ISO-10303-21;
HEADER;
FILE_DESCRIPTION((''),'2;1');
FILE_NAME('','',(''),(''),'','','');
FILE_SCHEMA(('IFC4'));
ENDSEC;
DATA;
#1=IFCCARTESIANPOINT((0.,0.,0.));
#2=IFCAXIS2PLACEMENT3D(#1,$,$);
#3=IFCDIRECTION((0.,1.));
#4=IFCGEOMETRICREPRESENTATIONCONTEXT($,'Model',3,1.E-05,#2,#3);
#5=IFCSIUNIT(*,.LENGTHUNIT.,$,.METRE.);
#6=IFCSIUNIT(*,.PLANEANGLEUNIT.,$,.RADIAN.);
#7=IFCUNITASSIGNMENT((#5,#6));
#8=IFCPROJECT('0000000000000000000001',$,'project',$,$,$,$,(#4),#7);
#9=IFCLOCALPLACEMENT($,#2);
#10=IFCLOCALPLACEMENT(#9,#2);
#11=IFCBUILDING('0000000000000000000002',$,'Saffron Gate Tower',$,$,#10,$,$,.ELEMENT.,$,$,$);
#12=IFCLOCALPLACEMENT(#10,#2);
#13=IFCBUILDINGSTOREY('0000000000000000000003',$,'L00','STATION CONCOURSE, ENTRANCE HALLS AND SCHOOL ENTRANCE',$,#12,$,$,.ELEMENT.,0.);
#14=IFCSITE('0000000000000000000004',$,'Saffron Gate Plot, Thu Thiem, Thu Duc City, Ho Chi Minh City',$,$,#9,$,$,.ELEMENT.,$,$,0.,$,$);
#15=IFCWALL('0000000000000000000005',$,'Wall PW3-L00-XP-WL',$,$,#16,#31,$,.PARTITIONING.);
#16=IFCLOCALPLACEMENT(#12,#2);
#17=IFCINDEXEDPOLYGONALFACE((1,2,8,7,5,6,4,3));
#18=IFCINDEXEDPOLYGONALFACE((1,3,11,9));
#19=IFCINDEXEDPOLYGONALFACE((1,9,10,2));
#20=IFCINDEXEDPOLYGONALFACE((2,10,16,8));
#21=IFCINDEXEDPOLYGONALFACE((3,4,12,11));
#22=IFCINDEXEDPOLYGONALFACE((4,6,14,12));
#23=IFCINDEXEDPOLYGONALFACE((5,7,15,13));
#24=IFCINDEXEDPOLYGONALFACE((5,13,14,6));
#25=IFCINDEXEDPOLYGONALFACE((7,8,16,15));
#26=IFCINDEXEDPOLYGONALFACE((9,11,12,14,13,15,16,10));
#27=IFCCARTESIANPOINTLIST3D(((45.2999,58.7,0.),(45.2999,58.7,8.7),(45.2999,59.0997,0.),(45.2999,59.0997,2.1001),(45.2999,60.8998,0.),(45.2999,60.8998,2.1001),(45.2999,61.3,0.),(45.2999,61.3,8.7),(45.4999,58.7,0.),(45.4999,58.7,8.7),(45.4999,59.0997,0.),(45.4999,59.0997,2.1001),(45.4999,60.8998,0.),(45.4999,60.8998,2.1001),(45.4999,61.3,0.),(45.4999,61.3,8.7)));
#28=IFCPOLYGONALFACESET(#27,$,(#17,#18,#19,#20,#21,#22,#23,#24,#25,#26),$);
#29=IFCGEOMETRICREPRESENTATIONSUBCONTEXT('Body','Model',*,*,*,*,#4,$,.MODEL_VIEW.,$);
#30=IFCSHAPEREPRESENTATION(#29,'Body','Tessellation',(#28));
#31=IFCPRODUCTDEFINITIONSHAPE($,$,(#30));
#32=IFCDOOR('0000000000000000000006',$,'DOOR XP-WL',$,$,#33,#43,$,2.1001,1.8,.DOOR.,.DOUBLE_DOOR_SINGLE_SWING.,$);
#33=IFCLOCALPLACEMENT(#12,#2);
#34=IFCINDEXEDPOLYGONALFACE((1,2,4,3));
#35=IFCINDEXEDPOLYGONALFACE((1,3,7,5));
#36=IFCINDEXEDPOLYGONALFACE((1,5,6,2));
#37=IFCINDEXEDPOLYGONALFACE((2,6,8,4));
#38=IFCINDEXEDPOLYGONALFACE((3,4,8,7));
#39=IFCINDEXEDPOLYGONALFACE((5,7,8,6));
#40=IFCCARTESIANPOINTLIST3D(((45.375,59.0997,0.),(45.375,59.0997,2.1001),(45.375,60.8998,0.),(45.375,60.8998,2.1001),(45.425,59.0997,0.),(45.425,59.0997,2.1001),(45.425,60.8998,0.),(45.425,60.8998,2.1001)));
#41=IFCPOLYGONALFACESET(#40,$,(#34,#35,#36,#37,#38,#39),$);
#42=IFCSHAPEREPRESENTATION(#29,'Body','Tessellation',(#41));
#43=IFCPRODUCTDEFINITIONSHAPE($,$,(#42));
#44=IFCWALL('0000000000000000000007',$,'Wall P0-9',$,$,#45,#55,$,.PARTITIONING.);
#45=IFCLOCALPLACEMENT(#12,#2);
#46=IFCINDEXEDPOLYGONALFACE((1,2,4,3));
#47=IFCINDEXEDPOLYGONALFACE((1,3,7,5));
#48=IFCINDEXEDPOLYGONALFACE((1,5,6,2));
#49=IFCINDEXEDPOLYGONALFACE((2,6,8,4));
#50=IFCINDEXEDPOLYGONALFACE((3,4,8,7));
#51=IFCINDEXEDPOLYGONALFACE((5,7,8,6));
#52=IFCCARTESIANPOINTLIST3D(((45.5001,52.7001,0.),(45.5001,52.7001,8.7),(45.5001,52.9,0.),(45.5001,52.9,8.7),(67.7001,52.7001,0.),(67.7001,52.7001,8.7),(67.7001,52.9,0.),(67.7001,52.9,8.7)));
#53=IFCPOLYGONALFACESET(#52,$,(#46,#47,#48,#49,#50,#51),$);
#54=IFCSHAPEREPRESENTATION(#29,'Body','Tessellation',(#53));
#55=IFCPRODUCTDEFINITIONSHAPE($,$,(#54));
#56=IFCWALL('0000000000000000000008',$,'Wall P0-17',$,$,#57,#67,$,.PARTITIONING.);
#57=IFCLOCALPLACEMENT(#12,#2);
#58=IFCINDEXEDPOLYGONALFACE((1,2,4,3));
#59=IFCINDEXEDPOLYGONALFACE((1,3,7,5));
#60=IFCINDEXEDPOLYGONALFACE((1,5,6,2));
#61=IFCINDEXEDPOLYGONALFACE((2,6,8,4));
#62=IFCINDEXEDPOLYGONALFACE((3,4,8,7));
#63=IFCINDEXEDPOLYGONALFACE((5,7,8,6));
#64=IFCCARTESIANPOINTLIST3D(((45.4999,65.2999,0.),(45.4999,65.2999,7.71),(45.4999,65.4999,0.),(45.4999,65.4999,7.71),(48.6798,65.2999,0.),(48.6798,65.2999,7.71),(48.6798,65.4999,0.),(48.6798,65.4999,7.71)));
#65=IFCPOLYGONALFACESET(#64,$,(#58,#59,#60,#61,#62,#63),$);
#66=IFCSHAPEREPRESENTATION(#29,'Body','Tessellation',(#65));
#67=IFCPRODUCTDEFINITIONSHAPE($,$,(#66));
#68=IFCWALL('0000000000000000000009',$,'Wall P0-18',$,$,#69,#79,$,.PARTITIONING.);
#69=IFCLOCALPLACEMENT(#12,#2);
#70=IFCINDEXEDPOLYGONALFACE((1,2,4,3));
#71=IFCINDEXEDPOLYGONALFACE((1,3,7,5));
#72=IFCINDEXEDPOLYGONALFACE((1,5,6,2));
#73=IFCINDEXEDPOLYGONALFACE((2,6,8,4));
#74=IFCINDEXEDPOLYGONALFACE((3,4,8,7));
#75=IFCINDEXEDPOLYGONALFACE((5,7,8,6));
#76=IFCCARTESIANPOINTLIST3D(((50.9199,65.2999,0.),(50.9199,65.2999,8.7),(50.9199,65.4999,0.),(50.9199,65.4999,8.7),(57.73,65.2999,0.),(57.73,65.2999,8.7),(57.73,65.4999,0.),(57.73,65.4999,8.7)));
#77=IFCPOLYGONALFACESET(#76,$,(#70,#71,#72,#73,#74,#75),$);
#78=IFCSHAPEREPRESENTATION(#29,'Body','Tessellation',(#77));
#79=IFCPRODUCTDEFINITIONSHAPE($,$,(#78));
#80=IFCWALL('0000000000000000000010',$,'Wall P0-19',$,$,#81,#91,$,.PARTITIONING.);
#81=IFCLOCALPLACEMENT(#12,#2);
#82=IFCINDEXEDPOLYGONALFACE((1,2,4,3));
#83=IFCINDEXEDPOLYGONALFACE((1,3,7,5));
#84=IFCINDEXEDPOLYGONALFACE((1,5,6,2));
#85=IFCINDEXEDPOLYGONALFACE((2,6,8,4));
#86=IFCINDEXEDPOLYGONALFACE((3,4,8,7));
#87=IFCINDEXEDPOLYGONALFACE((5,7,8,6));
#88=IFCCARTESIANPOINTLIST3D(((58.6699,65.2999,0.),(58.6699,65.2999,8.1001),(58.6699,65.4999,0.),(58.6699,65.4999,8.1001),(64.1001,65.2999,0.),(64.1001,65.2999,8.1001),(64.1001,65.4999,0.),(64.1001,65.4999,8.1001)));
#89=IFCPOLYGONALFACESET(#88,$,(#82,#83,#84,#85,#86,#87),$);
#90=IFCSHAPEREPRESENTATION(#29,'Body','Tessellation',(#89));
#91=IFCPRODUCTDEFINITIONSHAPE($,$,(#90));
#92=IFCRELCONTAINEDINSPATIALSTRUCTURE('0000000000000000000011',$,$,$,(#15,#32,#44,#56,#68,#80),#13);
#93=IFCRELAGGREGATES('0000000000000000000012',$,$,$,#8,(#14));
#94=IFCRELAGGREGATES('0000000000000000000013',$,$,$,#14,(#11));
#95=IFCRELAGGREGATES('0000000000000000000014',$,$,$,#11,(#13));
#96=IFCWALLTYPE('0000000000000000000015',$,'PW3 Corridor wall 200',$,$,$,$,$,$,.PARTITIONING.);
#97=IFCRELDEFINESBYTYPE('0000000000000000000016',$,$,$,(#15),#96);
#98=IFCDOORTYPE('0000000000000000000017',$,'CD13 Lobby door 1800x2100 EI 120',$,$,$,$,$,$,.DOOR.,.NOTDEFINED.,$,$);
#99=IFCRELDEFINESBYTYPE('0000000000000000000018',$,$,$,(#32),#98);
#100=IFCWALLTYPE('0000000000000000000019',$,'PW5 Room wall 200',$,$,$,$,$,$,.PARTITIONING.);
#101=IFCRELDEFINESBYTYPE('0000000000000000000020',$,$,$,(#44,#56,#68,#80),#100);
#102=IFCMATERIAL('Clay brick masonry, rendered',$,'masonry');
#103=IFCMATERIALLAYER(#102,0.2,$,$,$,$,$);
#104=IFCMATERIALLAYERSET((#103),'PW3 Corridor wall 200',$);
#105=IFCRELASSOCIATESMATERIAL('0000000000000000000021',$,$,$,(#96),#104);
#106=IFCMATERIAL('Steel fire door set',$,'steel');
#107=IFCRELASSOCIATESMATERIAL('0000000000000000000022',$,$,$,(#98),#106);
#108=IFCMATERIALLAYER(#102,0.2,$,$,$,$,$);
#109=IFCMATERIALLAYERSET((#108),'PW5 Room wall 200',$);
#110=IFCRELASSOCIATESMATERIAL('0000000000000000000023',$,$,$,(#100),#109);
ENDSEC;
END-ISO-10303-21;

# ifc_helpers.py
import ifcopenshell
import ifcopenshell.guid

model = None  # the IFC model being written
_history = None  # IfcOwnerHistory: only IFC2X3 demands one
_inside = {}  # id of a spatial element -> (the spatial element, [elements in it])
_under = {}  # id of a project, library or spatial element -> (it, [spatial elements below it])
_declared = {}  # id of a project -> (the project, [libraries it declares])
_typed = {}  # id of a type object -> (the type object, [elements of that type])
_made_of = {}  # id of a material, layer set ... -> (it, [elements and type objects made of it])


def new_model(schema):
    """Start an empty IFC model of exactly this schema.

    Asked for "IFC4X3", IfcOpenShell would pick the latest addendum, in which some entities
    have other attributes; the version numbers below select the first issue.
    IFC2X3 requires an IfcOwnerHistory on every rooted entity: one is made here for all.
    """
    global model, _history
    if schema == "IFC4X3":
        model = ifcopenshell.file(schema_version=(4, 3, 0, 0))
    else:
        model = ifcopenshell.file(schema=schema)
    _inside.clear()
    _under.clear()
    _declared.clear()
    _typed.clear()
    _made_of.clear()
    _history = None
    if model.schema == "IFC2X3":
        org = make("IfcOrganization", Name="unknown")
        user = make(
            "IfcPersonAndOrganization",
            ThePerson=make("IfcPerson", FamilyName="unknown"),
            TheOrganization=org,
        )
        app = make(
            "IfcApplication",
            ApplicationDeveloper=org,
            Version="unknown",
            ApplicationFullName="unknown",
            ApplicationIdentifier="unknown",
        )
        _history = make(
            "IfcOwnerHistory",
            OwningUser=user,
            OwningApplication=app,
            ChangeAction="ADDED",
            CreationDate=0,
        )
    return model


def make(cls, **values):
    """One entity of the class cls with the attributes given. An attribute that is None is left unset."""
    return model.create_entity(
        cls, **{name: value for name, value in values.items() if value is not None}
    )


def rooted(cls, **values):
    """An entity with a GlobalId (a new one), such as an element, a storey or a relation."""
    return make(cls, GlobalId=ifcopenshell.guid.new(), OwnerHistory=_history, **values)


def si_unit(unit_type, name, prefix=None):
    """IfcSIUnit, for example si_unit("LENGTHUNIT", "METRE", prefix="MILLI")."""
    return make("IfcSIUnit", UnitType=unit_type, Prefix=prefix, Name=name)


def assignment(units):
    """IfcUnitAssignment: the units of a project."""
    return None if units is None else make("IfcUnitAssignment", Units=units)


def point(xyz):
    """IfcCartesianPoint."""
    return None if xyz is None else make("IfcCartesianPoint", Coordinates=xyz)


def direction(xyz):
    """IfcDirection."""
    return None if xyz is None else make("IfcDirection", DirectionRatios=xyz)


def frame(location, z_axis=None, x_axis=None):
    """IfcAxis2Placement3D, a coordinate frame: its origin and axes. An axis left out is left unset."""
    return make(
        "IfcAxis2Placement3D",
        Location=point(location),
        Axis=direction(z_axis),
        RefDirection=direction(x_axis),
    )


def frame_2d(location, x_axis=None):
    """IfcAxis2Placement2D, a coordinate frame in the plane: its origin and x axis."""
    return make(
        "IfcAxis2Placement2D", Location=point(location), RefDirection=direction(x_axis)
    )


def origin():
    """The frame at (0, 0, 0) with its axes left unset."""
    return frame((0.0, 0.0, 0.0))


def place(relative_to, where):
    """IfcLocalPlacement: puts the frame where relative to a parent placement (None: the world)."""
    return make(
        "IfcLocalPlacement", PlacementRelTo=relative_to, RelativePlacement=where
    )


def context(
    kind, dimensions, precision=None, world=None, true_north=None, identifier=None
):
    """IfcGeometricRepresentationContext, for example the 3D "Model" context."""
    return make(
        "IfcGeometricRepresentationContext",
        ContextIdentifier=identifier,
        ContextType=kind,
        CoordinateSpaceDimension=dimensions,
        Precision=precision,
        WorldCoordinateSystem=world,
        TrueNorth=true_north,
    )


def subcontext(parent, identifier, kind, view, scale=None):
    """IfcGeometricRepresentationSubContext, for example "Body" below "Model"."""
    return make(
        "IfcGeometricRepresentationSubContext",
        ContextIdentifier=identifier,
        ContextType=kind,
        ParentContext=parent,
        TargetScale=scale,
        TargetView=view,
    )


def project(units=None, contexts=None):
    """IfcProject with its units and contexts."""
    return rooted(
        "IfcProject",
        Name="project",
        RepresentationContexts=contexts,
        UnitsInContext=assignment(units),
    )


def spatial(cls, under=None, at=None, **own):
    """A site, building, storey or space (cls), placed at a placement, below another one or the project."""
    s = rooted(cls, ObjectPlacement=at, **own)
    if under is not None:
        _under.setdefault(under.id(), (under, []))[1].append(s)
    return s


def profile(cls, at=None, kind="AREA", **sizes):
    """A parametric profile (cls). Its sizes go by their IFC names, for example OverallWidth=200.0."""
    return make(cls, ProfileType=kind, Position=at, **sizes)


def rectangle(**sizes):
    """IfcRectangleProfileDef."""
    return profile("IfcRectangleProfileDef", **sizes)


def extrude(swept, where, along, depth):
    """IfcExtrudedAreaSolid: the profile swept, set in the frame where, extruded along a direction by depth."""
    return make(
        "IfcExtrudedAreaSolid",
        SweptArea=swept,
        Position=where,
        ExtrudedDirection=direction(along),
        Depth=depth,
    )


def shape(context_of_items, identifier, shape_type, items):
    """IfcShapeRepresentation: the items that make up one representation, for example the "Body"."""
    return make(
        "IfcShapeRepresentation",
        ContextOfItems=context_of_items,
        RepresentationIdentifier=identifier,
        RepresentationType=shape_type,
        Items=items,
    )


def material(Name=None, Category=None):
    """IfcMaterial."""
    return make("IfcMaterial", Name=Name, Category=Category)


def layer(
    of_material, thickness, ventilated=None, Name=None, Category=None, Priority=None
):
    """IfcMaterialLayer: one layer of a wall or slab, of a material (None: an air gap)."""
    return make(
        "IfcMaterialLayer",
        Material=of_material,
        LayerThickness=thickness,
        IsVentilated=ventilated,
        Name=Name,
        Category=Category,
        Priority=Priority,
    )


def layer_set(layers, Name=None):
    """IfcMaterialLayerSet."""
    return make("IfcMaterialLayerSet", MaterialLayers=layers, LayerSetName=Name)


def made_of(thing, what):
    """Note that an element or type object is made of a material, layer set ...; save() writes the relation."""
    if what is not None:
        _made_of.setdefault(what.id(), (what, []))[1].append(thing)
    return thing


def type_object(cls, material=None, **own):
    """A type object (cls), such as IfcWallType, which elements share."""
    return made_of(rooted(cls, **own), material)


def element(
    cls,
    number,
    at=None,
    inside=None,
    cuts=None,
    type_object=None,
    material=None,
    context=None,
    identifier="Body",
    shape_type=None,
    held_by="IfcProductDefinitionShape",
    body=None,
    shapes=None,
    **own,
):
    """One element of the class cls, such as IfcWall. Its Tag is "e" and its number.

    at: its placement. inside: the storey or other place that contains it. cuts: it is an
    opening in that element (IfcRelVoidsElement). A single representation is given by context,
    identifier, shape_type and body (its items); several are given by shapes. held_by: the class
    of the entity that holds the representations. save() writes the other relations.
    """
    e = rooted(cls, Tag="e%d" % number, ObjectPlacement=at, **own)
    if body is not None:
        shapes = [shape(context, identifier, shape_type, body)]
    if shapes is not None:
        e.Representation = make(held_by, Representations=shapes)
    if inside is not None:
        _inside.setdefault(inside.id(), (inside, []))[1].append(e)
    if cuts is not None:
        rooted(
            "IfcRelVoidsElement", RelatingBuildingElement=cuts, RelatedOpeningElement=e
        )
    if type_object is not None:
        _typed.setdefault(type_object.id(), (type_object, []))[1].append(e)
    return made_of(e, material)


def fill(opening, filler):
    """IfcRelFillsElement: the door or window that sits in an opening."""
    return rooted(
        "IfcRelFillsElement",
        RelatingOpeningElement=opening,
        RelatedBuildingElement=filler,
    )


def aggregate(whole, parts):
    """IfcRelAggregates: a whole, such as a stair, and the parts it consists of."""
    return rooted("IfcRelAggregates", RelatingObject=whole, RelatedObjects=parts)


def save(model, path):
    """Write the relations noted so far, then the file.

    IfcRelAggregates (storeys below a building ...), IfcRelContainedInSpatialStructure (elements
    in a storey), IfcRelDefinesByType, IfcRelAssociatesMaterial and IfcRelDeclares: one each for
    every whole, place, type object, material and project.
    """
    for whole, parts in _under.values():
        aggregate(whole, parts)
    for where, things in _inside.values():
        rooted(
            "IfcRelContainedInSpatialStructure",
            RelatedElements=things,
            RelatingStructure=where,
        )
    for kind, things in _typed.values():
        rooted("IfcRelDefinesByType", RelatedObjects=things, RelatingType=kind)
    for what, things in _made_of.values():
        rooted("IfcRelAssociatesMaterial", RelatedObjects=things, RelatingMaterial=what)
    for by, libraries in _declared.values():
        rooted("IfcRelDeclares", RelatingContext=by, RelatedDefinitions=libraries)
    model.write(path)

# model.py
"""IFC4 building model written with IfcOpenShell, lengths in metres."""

from ifc_helpers import new_model, si_unit, direction, frame, frame_2d, origin, place, context, subcontext, project, spatial, rectangle, extrude, material, layer, layer_set, type_object, element, fill, save


model = new_model("IFC4")

# Units and contexts
model_context = context("Model", 3, precision=1e-05, world=origin(), true_north=direction((0.0, 1.0)))
body_context = subcontext(model_context, "Body", "Model", "MODEL_VIEW")
ifc_project = project(units=[si_unit("LENGTHUNIT", "METRE"), si_unit("PLANEANGLEUNIT", "RADIAN")], contexts=[model_context])

# Site, building, storey
site_placement = place(None, origin())
site = spatial("IfcSite", under=ifc_project, at=site_placement, Name="Saffron Gate Plot, Thu Thiem, Thu Duc City, Ho Chi Minh City", CompositionType="ELEMENT", RefElevation=0.0)
building_placement = place(site_placement, origin())
building = spatial("IfcBuilding", under=site, at=building_placement, Name="Saffron Gate Tower", CompositionType="ELEMENT")
storey_placement = place(building_placement, origin())
storey = spatial("IfcBuildingStorey", under=building, at=storey_placement, Name="L00", Description="STATION CONCOURSE, ENTRANCE HALLS AND SCHOOL ENTRANCE", CompositionType="ELEMENT", Elevation=0.0)

# Wall, opening, door
ifc_material_1 = material(Name="Clay brick masonry, rendered", Category="masonry")
ifc_layer_1 = layer(ifc_material_1, 0.2)
ifc_layer_set_1 = layer_set([ifc_layer_1], Name="PW3 Corridor wall 200")
wall_type_1 = type_object("IfcWallType", Name="PW3 Corridor wall 200", PredefinedType="PARTITIONING", material=ifc_layer_set_1)
wall_1_placement = place(storey_placement, frame((45.3999, 58.7, 0.0), z_axis=(0.0, 0.0, 1.0), x_axis=(0.0, 1.0, 0.0)))
wall_1 = element("IfcWall", 1, at=wall_1_placement, inside=storey, type_object=wall_type_1, Name="Wall PW3-L00-XP-WL", PredefinedType="PARTITIONING", context=body_context, shape_type="SweptSolid", body=[
    extrude(rectangle(XDim=2.6001, YDim=0.2, at=frame_2d((1.3, 0.0))), origin(), (0.0, 0.0, 1.0), 8.7),
])
opening_1_placement = place(wall_1_placement, frame((0.3999, 0.0, 0.0)))
opening_1 = element("IfcOpeningElement", 2, at=opening_1_placement, cuts=wall_1, PredefinedType="OPENING", context=body_context, shape_type="SweptSolid", body=[
    extrude(rectangle(XDim=1.8, YDim=2.1001, at=frame_2d((0.8999, 1.05))), frame((0.0, 0.1099, 0.0), z_axis=(0.0, -1.0, 0.0), x_axis=(1.0, 0.0, 0.0)), (0.0, 0.0, 1.0), 0.22),
])
ifc_material_2 = material(Name="Steel fire door set", Category="steel")
door_type_1 = type_object("IfcDoorType", Name="CD13 Lobby door 1800x2100 EI 120", OperationType="NOTDEFINED", PredefinedType="DOOR", material=ifc_material_2)
door_1_placement = place(opening_1_placement, origin())
door_1 = element("IfcDoor", 3, at=door_1_placement, inside=storey, type_object=door_type_1, Name="DOOR XP-WL", OperationType="DOUBLE_DOOR_SINGLE_SWING", OverallHeight=2.1001, OverallWidth=1.8, PredefinedType="DOOR", context=body_context, shape_type="SweptSolid", body=[
    extrude(rectangle(XDim=1.8, YDim=2.1001, at=frame_2d((0.8999, 1.05))), frame((0.0, 0.0249, 0.0), z_axis=(0.0, -1.0, 0.0), x_axis=(1.0, 0.0, 0.0)), (0.0, 0.0, 1.0), 0.05),
])
fill(opening_1, door_1)

# Walls
ifc_layer_2 = layer(ifc_material_1, 0.2)
ifc_layer_set_2 = layer_set([ifc_layer_2], Name="PW5 Room wall 200")
wall_type_2 = type_object("IfcWallType", Name="PW5 Room wall 200", PredefinedType="PARTITIONING", material=ifc_layer_set_2)
wall_2_placement = place(storey_placement, frame((45.5, 52.8, 0.0), z_axis=(0.0, 0.0, 1.0), x_axis=(1.0, 0.0, 0.0)))
element("IfcWall", 4, at=wall_2_placement, inside=storey, type_object=wall_type_2, Name="Wall P0-9", PredefinedType="PARTITIONING", context=body_context, shape_type="SweptSolid", body=[
    extrude(rectangle(XDim=22.2, YDim=0.2, at=frame_2d((11.1001, 0.0))), origin(), (0.0, 0.0, 1.0), 8.7),
])
wall_3_placement = place(storey_placement, frame((45.5, 65.3999, 0.0), z_axis=(0.0, 0.0, 1.0), x_axis=(1.0, 0.0, 0.0)))
element("IfcWall", 5, at=wall_3_placement, inside=storey, type_object=wall_type_2, Name="Wall P0-17", PredefinedType="PARTITIONING", context=body_context, shape_type="SweptSolid", body=[
    extrude(rectangle(XDim=3.1799, YDim=0.2, at=frame_2d((1.5898, 0.0))), origin(), (0.0, 0.0, 1.0), 7.71),
])
wall_4_placement = place(storey_placement, frame((50.9199, 65.3999, 0.0), z_axis=(0.0, 0.0, 1.0), x_axis=(1.0, 0.0, 0.0)))
element("IfcWall", 6, at=wall_4_placement, inside=storey, type_object=wall_type_2, Name="Wall P0-18", PredefinedType="PARTITIONING", context=body_context, shape_type="SweptSolid", body=[
    extrude(rectangle(XDim=6.8101, YDim=0.2, at=frame_2d((3.405, 0.0))), origin(), (0.0, 0.0, 1.0), 8.7),
])
wall_5_placement = place(storey_placement, frame((58.6699, 65.3999, 0.0), z_axis=(0.0, 0.0, 1.0), x_axis=(1.0, 0.0, 0.0)))
element("IfcWall", 7, at=wall_5_placement, inside=storey, type_object=wall_type_2, Name="Wall P0-19", PredefinedType="PARTITIONING", context=body_context, shape_type="SweptSolid", body=[
    extrude(rectangle(XDim=5.4302, YDim=0.2, at=frame_2d((2.7151, 0.0))), origin(), (0.0, 0.0, 1.0), 8.1001),
])

save(model, "model.ifc")
